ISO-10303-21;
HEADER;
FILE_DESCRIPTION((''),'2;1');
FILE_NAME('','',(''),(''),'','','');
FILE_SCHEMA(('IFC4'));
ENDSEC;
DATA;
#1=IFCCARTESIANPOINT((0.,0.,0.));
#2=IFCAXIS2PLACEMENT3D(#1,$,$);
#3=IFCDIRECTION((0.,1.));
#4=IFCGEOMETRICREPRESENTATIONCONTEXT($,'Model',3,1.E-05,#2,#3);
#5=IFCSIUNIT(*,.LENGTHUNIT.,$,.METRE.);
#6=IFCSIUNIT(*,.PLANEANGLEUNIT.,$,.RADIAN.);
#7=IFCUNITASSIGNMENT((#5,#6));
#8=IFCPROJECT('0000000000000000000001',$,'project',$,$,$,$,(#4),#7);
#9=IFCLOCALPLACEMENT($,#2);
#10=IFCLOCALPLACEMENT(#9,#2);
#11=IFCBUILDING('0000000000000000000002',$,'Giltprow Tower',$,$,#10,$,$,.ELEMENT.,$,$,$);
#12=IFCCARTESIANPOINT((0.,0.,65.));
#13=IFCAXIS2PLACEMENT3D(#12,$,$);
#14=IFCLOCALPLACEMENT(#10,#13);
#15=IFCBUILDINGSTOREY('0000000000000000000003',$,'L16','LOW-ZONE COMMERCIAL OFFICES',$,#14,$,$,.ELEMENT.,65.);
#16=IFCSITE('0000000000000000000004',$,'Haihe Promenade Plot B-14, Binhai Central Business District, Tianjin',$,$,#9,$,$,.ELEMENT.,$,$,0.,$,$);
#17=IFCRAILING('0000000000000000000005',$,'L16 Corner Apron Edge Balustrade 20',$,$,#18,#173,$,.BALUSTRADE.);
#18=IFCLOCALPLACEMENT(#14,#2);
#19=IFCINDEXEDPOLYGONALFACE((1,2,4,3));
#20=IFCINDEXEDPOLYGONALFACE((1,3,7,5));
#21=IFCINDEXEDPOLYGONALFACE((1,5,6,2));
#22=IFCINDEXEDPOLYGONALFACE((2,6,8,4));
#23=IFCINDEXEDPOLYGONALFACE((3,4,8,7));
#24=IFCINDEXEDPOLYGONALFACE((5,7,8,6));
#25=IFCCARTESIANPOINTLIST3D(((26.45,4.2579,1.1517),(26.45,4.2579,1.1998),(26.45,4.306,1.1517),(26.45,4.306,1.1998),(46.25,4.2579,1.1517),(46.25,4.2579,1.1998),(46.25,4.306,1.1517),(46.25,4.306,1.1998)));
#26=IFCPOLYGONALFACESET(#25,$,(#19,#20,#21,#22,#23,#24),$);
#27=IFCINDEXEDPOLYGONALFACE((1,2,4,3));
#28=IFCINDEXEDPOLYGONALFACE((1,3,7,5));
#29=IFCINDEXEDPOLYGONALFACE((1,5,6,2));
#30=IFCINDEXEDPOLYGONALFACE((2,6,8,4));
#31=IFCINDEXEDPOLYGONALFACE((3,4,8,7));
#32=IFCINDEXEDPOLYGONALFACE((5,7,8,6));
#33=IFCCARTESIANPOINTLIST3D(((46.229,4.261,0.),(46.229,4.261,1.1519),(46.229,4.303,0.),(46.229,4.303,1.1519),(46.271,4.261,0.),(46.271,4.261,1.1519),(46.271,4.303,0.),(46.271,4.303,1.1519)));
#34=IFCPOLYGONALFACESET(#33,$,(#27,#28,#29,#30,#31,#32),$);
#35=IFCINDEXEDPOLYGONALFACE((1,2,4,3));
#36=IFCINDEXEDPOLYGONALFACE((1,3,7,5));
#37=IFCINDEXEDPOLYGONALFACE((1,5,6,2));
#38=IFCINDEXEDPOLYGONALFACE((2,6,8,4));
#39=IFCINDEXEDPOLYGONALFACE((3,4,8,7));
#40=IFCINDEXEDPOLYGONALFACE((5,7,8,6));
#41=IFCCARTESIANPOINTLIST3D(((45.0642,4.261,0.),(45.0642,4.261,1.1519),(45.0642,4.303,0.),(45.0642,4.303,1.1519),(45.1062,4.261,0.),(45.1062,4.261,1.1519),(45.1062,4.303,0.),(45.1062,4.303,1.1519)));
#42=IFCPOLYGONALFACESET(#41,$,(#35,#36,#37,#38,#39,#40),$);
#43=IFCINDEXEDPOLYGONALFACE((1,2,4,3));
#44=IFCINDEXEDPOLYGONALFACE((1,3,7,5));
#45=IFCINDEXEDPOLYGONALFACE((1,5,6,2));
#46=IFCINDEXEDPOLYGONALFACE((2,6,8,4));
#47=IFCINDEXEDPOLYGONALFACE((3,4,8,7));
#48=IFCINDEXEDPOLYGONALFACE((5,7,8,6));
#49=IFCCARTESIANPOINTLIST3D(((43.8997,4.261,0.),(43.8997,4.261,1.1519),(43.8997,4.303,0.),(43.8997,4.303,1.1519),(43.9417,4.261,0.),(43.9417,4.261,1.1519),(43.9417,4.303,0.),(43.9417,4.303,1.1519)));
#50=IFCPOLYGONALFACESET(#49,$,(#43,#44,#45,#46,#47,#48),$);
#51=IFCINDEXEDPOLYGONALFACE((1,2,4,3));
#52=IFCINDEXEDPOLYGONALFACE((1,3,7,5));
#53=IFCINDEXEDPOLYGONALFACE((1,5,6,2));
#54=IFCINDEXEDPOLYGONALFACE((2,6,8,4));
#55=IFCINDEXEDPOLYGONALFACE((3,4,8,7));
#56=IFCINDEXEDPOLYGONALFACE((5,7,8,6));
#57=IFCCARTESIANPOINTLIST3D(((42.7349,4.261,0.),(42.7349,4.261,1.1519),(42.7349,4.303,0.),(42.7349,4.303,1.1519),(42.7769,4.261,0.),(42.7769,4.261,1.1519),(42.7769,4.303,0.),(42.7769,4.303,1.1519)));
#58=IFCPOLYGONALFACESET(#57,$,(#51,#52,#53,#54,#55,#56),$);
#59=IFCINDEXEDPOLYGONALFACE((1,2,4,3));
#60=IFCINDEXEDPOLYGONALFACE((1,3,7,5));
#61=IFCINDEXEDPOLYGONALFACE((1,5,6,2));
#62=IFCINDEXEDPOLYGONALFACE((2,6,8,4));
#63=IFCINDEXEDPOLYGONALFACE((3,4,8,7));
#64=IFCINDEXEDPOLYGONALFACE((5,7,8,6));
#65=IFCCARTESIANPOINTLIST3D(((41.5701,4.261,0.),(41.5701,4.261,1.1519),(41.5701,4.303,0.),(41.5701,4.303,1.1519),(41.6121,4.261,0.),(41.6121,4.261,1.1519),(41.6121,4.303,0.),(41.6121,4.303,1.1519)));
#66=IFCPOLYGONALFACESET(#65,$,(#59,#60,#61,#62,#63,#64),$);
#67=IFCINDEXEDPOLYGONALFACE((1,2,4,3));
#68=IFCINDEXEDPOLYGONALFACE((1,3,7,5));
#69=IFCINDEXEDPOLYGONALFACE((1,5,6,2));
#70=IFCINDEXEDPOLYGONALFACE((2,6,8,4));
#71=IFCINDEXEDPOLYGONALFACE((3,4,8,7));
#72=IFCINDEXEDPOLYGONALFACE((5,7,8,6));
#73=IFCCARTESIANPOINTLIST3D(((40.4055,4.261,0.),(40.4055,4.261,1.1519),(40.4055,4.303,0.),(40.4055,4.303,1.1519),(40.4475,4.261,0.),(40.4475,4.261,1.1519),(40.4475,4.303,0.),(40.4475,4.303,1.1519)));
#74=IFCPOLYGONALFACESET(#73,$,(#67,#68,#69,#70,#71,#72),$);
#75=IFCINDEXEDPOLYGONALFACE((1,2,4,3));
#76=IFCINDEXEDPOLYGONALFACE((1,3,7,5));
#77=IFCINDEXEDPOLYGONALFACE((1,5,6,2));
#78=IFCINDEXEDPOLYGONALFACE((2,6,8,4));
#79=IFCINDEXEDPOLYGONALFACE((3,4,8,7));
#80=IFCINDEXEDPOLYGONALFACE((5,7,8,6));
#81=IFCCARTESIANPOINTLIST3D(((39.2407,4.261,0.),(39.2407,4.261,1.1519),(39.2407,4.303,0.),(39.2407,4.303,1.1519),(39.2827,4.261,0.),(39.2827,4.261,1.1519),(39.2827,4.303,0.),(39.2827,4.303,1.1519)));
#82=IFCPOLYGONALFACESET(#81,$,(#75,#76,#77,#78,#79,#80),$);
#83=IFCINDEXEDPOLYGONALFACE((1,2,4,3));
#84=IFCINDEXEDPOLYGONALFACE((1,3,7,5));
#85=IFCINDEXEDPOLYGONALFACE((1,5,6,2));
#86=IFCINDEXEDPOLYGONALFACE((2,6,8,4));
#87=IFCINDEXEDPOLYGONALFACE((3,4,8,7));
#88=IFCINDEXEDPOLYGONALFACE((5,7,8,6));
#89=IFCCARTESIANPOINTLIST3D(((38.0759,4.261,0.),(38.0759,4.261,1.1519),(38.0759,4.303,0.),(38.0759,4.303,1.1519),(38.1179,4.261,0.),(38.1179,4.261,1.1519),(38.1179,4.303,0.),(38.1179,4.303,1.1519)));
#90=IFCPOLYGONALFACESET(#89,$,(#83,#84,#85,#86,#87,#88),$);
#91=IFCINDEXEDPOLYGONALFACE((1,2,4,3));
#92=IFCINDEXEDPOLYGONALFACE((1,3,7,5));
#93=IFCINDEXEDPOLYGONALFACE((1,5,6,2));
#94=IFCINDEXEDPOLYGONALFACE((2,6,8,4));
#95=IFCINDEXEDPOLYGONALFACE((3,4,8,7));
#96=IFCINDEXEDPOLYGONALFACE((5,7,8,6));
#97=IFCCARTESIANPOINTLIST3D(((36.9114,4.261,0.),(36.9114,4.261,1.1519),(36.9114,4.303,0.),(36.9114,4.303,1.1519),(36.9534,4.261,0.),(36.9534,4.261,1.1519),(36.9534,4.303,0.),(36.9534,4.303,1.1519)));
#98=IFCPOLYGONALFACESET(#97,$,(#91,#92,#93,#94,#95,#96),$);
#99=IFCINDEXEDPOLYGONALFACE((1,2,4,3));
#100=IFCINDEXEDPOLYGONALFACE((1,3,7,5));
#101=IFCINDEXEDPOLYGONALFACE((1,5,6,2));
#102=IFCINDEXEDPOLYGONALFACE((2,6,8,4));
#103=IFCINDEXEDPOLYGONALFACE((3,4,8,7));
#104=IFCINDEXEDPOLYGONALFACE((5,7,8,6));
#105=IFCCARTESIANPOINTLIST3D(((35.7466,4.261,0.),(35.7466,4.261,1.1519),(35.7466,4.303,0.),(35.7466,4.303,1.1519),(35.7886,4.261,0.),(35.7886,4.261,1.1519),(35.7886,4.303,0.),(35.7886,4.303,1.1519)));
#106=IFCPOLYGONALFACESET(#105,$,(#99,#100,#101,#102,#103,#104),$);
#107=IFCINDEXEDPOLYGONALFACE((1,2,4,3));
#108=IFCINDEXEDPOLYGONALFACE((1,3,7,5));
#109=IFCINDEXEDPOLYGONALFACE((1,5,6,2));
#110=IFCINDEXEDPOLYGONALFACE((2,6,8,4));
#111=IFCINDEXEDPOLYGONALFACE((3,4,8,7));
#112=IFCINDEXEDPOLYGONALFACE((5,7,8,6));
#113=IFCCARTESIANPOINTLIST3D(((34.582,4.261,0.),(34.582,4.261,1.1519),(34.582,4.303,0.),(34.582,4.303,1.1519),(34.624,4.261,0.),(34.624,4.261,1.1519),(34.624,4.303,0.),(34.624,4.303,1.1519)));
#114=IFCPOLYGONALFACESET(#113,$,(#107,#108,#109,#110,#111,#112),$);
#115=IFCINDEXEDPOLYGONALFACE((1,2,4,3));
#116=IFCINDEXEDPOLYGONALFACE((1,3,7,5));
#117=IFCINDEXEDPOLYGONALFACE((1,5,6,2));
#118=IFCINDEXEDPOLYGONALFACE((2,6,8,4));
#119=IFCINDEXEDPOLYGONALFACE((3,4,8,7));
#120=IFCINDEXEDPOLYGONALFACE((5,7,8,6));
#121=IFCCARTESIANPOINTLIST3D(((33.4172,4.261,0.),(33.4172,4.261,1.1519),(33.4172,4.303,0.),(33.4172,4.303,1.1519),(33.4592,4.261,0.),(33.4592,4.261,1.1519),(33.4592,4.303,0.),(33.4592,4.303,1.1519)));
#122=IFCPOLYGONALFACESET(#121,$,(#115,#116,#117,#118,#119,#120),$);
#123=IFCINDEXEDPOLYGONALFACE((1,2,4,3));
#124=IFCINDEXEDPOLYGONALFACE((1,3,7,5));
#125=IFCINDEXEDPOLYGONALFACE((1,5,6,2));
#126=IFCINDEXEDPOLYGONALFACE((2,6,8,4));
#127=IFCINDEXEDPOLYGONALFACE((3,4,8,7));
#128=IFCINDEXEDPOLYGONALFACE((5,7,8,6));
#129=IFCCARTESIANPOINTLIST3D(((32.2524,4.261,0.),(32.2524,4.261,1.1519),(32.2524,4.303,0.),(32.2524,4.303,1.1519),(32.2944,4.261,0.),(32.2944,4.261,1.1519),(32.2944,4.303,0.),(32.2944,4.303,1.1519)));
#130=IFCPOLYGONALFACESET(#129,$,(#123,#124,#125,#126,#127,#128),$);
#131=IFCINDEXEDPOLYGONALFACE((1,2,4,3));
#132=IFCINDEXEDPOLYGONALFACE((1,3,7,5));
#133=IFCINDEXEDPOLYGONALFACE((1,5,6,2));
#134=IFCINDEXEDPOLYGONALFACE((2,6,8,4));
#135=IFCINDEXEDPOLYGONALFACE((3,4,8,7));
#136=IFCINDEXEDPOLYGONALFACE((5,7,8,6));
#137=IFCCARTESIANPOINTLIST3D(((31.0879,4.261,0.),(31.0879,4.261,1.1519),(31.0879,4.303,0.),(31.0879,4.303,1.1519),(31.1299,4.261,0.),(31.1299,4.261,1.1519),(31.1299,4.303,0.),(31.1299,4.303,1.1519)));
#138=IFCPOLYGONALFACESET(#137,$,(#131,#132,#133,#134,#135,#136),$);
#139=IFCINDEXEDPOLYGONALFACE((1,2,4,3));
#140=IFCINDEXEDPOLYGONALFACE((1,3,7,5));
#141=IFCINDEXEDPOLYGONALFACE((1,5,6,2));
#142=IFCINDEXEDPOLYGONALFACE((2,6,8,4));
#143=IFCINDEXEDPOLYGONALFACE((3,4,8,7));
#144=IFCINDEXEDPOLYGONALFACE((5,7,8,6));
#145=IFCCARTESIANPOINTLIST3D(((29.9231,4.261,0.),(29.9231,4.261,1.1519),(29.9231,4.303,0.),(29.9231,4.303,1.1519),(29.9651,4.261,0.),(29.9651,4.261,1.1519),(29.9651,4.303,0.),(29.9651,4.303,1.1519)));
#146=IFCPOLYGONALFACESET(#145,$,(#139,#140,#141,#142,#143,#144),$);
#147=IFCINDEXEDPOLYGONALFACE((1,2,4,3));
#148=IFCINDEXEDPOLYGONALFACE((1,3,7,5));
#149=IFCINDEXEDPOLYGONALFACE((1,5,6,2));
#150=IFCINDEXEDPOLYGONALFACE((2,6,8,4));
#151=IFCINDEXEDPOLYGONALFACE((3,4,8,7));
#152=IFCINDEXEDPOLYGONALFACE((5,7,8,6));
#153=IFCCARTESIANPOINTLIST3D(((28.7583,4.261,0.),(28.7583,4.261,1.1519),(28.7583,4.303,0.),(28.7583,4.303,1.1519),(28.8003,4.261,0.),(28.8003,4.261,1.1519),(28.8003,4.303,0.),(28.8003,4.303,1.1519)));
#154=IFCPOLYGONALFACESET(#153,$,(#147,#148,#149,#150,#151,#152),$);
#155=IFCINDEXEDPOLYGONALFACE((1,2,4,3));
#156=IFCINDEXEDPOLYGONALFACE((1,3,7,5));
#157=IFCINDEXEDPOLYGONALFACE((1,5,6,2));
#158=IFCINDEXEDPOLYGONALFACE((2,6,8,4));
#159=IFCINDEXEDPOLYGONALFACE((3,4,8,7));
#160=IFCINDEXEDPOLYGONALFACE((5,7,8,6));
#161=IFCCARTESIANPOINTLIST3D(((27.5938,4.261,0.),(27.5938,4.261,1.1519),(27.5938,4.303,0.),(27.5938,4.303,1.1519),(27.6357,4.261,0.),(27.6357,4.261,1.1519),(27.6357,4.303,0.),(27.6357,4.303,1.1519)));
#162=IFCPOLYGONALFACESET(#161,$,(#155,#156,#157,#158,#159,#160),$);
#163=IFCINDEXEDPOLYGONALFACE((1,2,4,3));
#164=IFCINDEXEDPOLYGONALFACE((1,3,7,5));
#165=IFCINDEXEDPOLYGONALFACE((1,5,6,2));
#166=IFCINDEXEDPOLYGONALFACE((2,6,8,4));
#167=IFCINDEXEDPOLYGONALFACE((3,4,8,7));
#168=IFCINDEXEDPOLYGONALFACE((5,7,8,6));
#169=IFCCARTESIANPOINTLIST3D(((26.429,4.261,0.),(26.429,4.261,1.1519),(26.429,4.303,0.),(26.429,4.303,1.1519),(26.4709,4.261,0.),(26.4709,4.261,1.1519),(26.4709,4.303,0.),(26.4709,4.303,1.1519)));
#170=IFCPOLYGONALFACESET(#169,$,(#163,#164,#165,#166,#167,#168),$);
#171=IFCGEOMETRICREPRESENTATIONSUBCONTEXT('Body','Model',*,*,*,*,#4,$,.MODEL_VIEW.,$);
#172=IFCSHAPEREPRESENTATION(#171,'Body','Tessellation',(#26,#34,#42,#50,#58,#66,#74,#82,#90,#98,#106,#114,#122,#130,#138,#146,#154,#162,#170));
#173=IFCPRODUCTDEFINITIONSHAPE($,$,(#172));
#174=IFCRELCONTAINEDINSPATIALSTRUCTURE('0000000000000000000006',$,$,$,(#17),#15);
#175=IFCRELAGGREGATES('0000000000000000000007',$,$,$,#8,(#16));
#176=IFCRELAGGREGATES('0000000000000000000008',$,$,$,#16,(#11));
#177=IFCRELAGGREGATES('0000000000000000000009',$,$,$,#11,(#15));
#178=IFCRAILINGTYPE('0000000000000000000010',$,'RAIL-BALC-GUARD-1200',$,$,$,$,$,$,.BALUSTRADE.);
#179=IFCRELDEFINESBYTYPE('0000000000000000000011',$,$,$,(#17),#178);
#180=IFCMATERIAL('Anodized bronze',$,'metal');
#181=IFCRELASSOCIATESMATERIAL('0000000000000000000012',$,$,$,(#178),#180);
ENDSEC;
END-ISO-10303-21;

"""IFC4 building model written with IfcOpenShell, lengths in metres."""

from ifc_helpers import new_model, si_unit, direction, frame, origin, origin_2d, place, context, subcontext, project, spatial, rectangle, extrude, material, type_object, element, save


model = new_model("IFC4")

# Units and contexts
model_context = context("Model", 3, precision=1e-05, world=origin(), true_north=direction((0.0, 1.0)))
body_context = subcontext(model_context, "Body", "Model", "MODEL_VIEW")
ifc_project = project(units=[si_unit("LENGTHUNIT", "METRE"), si_unit("PLANEANGLEUNIT", "RADIAN")], contexts=[model_context])

# Site, building, storey
site_placement = place(None, origin())
site = spatial("IfcSite", under=ifc_project, at=site_placement, Name="Haihe Promenade Plot B-14, Binhai Central Business District, Tianjin", CompositionType="ELEMENT", RefElevation=0.0)
building_placement = place(site_placement, origin())
building = spatial("IfcBuilding", under=site, at=building_placement, Name="Giltprow Tower", CompositionType="ELEMENT")
storey_placement = place(building_placement, frame((0.0, 0.0, 65.0)))
storey = spatial("IfcBuildingStorey", under=building, at=storey_placement, Name="L16", Description="LOW-ZONE COMMERCIAL OFFICES", CompositionType="ELEMENT", Elevation=65.0)

# Shared definitions
ifc_material_1 = material(Name="Anodized bronze", Category="metal")

# Railing
railing_type = type_object("IfcRailingType", Name="RAIL-BALC-GUARD-1200", PredefinedType="BALUSTRADE", material=ifc_material_1)
railing_1_placement = place(storey_placement, frame((46.25, 4.282, 0.0)))
element("IfcRailing", 1, at=railing_1_placement, inside=storey, type_object=railing_type, Name="L16 Corner Apron Edge Balustrade 20", PredefinedType="BALUSTRADE", context=body_context, shape_type="SweptSolid", body=[
    extrude(rectangle(XDim=0.0481, YDim=0.0481, at=origin_2d()), frame((0.0, 0.0, 1.1758), z_axis=(-1.0, 0.0, 0.0), x_axis=(0.0, -1.0, 0.0)), (0.0, 0.0, 1.0), 19.8),
    extrude(rectangle(XDim=0.042, YDim=0.042, at=origin_2d()), origin(), (0.0, 0.0, 1.0), 1.1519),
    extrude(rectangle(XDim=0.042, YDim=0.042, at=origin_2d()), frame((-1.1648, 0.0, 0.0)), (0.0, 0.0, 1.0), 1.1519),
    extrude(rectangle(XDim=0.042, YDim=0.042, at=origin_2d()), frame((-2.3293, 0.0, 0.0)), (0.0, 0.0, 1.0), 1.1519),
    extrude(rectangle(XDim=0.042, YDim=0.042, at=origin_2d()), frame((-3.4941, 0.0, 0.0)), (0.0, 0.0, 1.0), 1.1519),
    extrude(rectangle(XDim=0.042, YDim=0.042, at=origin_2d()), frame((-4.6589, 0.0, 0.0)), (0.0, 0.0, 1.0), 1.1519),
    extrude(rectangle(XDim=0.042, YDim=0.042, at=origin_2d()), frame((-5.8235, 0.0, 0.0)), (0.0, 0.0, 1.0), 1.1519),
    extrude(rectangle(XDim=0.042, YDim=0.042, at=origin_2d()), frame((-6.9883, 0.0, 0.0)), (0.0, 0.0, 1.0), 1.1519),
    extrude(rectangle(XDim=0.042, YDim=0.042, at=origin_2d()), frame((-8.1531, 0.0, 0.0)), (0.0, 0.0, 1.0), 1.1519),
    extrude(rectangle(XDim=0.042, YDim=0.042, at=origin_2d()), frame((-9.3176, 0.0, 0.0)), (0.0, 0.0, 1.0), 1.1519),
    extrude(rectangle(XDim=0.042, YDim=0.042, at=origin_2d()), frame((-10.4824, 0.0, 0.0)), (0.0, 0.0, 1.0), 1.1519),
    extrude(rectangle(XDim=0.042, YDim=0.042, at=origin_2d()), frame((-11.647, 0.0, 0.0)), (0.0, 0.0, 1.0), 1.1519),
    extrude(rectangle(XDim=0.042, YDim=0.042, at=origin_2d()), frame((-12.8118, 0.0, 0.0)), (0.0, 0.0, 1.0), 1.1519),
    extrude(rectangle(XDim=0.042, YDim=0.042, at=origin_2d()), frame((-13.9766, 0.0, 0.0)), (0.0, 0.0, 1.0), 1.1519),
    extrude(rectangle(XDim=0.042, YDim=0.042, at=origin_2d()), frame((-15.1411, 0.0, 0.0)), (0.0, 0.0, 1.0), 1.1519),
    extrude(rectangle(XDim=0.042, YDim=0.042, at=origin_2d()), frame((-16.3059, 0.0, 0.0)), (0.0, 0.0, 1.0), 1.1519),
    extrude(rectangle(XDim=0.042, YDim=0.042, at=origin_2d()), frame((-17.4707, 0.0, 0.0)), (0.0, 0.0, 1.0), 1.1519),
    extrude(rectangle(XDim=0.042, YDim=0.042, at=origin_2d()), frame((-18.6353, 0.0, 0.0)), (0.0, 0.0, 1.0), 1.1519),
    extrude(rectangle(XDim=0.042, YDim=0.042, at=origin_2d()), frame((-19.8, 0.0, 0.0)), (0.0, 0.0, 1.0), 1.1519),
])

save(model, "model.ifc")
